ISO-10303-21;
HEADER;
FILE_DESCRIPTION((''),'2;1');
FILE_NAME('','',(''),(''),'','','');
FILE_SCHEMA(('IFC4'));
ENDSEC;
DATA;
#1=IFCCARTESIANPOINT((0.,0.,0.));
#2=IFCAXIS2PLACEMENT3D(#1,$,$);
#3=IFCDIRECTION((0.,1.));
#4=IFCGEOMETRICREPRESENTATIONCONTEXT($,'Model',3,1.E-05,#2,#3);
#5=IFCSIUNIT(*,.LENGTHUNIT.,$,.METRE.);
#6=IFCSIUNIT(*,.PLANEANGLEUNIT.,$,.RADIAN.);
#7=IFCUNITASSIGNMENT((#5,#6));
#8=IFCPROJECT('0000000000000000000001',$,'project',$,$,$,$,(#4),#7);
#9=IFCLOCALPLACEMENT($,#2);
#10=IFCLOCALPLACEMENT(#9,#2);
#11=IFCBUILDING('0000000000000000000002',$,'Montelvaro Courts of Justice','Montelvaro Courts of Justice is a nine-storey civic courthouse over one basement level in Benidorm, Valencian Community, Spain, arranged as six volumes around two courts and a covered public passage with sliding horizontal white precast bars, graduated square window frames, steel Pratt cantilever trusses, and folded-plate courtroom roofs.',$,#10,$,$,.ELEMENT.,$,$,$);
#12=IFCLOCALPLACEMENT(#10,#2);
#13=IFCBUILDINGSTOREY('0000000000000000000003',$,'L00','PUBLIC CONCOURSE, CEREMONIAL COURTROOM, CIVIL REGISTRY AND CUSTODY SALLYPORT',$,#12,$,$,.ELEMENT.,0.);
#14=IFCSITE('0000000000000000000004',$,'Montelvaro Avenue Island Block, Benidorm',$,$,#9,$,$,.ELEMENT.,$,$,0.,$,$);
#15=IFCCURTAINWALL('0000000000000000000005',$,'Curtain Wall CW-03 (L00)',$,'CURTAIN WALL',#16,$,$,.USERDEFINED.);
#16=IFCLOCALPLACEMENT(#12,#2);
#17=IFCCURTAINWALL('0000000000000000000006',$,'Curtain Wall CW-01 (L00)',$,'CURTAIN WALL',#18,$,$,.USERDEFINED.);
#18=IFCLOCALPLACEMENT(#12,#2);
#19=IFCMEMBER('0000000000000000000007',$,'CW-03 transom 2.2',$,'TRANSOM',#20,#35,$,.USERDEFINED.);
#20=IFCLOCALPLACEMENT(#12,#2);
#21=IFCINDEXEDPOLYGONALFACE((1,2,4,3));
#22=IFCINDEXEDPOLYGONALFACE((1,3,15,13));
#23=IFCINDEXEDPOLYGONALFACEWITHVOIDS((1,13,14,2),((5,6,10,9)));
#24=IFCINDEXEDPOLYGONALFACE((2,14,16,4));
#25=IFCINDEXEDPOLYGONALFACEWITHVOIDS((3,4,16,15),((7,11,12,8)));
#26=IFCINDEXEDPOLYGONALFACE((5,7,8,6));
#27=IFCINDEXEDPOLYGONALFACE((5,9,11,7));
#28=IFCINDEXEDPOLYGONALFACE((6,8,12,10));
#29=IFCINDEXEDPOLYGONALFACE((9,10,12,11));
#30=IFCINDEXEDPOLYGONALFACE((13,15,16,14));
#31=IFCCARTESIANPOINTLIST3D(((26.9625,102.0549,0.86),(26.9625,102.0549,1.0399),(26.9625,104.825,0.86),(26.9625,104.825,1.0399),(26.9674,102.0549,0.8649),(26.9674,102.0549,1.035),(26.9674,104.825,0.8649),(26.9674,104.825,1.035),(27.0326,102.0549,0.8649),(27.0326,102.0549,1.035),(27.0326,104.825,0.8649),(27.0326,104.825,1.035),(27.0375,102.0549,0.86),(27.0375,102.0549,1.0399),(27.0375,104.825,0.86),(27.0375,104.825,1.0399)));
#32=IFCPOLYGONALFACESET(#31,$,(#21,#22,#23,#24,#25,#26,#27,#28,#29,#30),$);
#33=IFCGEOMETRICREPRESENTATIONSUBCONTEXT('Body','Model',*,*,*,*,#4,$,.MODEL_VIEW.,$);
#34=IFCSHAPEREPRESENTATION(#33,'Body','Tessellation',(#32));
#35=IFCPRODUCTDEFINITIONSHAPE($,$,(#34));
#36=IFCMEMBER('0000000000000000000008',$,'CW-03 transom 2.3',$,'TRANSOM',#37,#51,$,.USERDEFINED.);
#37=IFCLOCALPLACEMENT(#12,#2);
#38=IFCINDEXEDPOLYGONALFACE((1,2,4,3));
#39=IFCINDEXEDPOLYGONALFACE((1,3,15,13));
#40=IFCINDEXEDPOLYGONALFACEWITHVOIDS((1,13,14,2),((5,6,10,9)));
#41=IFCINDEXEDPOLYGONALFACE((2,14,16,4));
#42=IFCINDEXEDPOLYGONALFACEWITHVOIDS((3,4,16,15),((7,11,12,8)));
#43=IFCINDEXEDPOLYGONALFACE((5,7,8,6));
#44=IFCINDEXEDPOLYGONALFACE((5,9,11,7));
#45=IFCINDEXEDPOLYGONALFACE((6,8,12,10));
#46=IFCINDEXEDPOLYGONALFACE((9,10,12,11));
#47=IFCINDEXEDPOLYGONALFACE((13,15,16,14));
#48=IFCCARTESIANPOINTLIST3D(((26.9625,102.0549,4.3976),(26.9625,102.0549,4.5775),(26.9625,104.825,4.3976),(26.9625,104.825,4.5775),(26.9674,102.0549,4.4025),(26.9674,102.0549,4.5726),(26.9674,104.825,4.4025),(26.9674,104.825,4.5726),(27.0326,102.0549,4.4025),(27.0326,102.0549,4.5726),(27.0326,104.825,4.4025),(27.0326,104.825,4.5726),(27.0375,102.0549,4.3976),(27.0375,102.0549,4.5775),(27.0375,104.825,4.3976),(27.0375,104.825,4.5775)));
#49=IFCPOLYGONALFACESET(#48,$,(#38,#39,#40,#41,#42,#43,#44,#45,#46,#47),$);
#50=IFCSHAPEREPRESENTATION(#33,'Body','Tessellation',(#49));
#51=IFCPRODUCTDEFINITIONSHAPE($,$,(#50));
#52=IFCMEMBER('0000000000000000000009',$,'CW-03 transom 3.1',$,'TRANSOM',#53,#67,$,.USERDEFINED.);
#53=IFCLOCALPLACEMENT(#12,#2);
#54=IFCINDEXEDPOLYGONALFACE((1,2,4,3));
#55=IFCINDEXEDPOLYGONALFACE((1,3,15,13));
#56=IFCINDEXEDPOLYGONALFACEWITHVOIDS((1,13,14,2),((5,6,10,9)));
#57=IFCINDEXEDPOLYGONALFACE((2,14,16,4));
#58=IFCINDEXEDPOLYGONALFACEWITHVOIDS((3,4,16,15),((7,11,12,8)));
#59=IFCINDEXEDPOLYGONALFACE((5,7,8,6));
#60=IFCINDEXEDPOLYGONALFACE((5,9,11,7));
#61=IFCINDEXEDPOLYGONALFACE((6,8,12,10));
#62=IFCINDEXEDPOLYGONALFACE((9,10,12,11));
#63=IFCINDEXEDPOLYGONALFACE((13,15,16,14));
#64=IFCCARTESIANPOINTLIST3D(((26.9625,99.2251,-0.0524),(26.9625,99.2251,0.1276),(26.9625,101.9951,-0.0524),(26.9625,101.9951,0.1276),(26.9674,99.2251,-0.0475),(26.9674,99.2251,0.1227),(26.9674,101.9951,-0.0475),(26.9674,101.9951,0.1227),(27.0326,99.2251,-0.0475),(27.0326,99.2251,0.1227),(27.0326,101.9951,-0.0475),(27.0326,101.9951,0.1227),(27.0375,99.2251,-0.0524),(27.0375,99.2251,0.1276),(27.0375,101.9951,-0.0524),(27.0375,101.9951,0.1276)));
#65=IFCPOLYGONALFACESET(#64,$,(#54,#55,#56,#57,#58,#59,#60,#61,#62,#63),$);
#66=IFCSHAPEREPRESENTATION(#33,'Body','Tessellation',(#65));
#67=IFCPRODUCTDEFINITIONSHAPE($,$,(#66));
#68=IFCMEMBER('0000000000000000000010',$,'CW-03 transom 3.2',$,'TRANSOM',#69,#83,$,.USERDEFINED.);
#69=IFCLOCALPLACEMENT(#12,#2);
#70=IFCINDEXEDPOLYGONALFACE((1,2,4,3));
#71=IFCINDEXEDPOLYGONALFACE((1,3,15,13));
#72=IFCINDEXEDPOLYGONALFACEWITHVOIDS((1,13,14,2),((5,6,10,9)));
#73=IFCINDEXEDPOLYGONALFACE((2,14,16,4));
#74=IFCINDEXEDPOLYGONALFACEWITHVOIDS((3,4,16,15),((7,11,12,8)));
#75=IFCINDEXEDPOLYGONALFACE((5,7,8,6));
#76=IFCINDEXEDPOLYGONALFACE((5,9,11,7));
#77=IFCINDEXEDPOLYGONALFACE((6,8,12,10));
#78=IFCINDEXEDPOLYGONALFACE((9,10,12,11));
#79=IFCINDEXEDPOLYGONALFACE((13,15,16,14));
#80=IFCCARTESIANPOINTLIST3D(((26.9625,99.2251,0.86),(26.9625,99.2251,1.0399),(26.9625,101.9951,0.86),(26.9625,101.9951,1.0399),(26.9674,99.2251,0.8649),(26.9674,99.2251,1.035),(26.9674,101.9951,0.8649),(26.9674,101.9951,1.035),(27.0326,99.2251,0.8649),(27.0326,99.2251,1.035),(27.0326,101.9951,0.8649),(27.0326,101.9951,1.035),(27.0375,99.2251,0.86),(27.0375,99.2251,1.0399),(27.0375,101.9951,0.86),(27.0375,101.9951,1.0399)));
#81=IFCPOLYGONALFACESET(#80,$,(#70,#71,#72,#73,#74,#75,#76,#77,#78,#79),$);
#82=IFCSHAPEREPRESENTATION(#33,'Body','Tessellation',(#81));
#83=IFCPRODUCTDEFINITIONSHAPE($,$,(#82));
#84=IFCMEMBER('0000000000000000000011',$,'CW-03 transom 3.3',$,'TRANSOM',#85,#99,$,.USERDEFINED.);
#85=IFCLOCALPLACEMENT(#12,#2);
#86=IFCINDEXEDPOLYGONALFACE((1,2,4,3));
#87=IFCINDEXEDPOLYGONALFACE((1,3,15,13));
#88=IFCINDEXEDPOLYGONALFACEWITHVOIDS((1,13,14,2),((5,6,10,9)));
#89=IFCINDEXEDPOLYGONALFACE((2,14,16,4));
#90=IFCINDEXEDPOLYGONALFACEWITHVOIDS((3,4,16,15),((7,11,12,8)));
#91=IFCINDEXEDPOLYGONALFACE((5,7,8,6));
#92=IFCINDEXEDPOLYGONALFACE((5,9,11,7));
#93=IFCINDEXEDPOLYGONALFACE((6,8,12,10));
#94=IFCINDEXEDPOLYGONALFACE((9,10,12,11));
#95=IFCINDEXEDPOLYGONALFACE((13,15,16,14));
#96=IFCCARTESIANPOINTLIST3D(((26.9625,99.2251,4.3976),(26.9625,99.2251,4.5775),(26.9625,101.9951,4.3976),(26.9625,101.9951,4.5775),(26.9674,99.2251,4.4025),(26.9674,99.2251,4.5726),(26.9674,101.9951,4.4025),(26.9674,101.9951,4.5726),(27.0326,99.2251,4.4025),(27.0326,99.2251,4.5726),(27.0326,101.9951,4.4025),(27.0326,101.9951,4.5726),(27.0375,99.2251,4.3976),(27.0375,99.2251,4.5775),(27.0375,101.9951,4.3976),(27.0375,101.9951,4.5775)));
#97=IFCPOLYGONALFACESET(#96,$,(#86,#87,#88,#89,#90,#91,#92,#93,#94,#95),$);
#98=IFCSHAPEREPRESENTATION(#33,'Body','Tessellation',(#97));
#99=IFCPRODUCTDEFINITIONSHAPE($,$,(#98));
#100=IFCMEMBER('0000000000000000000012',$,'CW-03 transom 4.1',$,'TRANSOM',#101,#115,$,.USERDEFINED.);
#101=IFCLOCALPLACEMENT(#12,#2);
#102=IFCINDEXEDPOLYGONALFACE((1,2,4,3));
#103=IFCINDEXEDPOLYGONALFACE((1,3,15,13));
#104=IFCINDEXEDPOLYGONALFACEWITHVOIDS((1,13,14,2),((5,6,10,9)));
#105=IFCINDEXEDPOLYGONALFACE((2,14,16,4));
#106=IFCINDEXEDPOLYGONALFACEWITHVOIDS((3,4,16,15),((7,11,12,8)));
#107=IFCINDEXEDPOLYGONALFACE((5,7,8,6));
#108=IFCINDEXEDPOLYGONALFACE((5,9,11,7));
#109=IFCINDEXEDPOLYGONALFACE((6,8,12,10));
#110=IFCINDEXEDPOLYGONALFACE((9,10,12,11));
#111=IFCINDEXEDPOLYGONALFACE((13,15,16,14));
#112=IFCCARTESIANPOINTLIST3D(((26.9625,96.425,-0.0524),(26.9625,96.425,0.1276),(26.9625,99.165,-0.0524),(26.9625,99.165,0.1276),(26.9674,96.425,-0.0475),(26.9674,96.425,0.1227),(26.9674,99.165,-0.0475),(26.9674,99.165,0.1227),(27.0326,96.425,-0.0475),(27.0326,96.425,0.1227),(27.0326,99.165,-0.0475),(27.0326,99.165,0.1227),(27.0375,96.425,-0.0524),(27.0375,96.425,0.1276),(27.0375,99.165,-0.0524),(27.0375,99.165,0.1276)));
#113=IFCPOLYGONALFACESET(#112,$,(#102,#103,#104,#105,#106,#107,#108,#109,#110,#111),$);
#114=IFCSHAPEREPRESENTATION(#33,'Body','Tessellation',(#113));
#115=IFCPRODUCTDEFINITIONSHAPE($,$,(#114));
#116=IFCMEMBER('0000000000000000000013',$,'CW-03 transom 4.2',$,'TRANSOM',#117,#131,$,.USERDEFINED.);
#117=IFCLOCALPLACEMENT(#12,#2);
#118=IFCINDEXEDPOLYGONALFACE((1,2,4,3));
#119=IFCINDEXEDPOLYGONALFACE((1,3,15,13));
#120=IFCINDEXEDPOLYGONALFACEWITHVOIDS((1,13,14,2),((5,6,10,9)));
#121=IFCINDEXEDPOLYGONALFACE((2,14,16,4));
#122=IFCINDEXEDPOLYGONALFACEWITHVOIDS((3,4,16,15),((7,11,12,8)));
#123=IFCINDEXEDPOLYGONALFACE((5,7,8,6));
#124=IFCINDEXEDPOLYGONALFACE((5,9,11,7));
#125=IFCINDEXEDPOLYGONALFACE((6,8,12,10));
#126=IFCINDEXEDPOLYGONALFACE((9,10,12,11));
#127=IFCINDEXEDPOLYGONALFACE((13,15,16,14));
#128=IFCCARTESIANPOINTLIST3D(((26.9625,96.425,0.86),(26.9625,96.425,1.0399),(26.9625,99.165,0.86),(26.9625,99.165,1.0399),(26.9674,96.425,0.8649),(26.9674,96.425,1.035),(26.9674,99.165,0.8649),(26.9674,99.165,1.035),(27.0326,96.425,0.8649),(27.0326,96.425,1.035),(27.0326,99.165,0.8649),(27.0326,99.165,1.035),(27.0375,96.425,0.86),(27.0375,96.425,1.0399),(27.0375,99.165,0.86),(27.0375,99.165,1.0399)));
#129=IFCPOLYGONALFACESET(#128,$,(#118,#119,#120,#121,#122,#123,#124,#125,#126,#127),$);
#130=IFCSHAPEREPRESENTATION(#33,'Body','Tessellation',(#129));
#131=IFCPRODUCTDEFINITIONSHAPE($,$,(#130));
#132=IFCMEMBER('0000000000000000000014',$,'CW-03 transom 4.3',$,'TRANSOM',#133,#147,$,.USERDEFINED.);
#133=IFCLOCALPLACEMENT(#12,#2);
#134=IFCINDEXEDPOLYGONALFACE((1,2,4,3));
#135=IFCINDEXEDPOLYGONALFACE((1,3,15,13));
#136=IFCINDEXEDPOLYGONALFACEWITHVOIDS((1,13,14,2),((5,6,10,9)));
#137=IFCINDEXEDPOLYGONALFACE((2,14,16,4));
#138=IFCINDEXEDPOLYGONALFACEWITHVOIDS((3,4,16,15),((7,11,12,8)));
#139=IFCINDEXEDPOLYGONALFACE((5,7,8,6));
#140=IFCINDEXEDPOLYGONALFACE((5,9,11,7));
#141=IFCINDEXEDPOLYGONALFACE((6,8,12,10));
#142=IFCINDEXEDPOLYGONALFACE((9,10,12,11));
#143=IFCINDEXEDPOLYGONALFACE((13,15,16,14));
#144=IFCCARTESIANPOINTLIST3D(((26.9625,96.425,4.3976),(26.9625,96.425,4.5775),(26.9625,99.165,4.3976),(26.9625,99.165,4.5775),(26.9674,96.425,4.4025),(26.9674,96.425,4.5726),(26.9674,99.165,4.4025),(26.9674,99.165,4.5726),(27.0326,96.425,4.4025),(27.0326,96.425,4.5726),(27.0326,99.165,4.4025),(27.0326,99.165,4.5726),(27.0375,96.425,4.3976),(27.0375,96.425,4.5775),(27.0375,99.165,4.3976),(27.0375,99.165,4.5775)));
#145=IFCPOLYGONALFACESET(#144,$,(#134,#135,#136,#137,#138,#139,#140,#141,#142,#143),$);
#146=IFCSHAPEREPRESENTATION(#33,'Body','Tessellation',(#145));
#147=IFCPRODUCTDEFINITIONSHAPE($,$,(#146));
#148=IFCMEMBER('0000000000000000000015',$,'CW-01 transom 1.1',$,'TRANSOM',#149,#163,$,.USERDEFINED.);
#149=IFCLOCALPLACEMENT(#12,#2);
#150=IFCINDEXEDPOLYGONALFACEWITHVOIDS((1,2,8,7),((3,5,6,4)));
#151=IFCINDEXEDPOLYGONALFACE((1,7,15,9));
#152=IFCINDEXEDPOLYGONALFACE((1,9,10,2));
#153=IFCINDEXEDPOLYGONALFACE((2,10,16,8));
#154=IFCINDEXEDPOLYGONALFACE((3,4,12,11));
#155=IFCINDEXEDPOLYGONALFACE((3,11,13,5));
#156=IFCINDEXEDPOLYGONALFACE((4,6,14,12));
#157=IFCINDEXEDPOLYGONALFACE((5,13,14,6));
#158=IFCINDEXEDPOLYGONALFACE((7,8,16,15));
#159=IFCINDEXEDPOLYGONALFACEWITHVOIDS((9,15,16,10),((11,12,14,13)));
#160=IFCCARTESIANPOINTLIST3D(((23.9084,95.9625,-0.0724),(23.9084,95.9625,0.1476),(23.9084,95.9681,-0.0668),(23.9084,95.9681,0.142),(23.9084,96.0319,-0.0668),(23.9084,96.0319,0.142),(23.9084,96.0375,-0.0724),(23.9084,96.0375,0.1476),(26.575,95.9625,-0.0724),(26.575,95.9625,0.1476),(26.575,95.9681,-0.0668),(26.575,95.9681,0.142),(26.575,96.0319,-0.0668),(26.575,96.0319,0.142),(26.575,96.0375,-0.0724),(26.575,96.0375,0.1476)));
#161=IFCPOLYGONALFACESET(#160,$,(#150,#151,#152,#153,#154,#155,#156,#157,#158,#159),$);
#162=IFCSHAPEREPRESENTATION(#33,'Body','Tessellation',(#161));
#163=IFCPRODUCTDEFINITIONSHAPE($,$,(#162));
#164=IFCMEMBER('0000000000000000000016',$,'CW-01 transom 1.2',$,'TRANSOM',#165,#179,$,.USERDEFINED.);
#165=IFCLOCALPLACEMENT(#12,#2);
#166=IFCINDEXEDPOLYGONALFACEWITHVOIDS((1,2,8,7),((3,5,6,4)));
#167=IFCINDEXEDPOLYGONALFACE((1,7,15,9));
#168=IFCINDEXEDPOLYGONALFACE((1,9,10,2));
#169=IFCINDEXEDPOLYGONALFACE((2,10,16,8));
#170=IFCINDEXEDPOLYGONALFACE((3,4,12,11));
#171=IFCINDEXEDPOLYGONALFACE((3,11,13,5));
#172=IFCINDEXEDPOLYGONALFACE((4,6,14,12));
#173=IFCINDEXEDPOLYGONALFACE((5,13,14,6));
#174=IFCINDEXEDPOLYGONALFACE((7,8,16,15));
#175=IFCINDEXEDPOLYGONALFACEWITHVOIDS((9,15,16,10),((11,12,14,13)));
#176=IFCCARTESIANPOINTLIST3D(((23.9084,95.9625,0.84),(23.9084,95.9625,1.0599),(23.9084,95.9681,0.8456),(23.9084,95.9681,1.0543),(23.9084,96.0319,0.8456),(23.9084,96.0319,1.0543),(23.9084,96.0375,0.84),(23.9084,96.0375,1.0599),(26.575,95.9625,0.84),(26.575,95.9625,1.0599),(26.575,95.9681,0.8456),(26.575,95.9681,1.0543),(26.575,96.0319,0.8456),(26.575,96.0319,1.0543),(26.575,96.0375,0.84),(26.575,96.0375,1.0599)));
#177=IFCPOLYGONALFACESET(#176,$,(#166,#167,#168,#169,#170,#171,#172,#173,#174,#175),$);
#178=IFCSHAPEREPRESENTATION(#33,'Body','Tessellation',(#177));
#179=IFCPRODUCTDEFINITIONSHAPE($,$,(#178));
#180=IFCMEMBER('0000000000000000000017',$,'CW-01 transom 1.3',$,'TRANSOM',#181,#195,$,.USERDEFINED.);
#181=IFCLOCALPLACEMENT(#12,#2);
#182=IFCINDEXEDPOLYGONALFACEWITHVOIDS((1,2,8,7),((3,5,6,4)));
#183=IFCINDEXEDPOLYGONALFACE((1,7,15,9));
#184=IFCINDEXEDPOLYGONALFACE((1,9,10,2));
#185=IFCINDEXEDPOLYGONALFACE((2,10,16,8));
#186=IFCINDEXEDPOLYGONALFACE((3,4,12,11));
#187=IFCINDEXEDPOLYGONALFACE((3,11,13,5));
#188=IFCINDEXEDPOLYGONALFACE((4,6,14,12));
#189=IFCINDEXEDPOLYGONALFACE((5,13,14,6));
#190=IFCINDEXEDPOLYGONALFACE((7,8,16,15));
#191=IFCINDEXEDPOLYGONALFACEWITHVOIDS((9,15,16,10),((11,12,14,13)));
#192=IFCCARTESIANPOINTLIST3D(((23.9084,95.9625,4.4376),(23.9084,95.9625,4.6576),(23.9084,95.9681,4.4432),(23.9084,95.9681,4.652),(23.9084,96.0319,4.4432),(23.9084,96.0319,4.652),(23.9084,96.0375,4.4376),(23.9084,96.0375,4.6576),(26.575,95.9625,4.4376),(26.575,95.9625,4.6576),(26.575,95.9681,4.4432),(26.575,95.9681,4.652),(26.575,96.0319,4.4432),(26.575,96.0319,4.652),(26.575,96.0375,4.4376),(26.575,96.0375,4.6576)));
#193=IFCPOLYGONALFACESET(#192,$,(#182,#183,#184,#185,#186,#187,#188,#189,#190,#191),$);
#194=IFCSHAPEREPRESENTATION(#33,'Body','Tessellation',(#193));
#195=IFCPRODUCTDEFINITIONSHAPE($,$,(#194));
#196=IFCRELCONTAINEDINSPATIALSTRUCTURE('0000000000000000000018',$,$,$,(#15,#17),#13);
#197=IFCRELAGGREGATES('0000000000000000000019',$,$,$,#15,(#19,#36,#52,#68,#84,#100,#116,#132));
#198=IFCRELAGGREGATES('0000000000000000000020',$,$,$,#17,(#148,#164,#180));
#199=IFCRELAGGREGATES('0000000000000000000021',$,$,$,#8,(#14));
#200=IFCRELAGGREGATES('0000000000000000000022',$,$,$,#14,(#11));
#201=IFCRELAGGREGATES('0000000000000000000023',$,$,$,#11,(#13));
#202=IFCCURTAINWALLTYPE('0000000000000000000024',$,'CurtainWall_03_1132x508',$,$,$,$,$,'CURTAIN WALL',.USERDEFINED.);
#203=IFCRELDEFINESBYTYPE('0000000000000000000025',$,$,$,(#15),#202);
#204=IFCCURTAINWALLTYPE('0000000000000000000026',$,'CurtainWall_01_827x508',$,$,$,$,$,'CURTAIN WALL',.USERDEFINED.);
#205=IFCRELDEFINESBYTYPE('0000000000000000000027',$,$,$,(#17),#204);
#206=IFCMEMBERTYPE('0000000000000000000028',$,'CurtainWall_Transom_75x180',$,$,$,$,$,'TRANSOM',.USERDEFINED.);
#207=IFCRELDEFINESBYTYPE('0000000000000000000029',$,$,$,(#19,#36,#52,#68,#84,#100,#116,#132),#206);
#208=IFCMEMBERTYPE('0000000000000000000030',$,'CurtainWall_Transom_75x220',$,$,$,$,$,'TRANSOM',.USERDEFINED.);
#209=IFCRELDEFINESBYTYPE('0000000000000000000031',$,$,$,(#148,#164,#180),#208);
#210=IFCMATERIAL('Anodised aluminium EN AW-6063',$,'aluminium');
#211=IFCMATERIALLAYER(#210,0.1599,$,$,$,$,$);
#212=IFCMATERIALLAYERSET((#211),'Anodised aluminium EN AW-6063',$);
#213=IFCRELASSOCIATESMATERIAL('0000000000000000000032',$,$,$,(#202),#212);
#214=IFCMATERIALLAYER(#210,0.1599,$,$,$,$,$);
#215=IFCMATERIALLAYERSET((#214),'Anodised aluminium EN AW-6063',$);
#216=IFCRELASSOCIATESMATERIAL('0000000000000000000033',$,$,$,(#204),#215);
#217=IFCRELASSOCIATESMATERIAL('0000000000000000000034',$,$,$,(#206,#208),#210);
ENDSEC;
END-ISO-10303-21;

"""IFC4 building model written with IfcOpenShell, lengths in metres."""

from ifc_helpers import new_model, si_unit, direction, frame, origin, origin_2d, place, context, subcontext, project, spatial, hollow_rectangle, extrude, material, layer, layer_set, material_profile, profile_set, type_object, element, aggregate, save


model = new_model("IFC4")

# Units and contexts
model_context = context("Model", 3, precision=1e-05, world=origin(), true_north=direction((0.0, 1.0)))
body_context = subcontext(model_context, "Body", "Model", "MODEL_VIEW")
ifc_project = project(units=[si_unit("LENGTHUNIT", "METRE"), si_unit("PLANEANGLEUNIT", "RADIAN")], contexts=[model_context])

# Site, building, storey
site_placement = place(None, origin())
site = spatial("IfcSite", under=ifc_project, at=site_placement, Name="Montelvaro Avenue Island Block, Benidorm", CompositionType="ELEMENT", RefElevation=0.0)
building_placement = place(site_placement, origin())
building = spatial("IfcBuilding", under=site, at=building_placement, Name="Montelvaro Courts of Justice", Description="Montelvaro Courts of Justice is a nine-storey civic courthouse over one basement level in Benidorm, Valencian Community, Spain, arranged as six volumes around two courts and a covered public passage with sliding horizontal white precast bars, graduated square window frames, steel Pratt cantilever trusses, and folded-plate courtroom roofs.", CompositionType="ELEMENT")
storey_placement = place(building_placement, origin())
storey = spatial("IfcBuildingStorey", under=building, at=storey_placement, Name="L00", Description="PUBLIC CONCOURSE, CEREMONIAL COURTROOM, CIVIL REGISTRY AND CUSTODY SALLYPORT", CompositionType="ELEMENT", Elevation=0.0)

# Curtain wall
ifc_material_1 = material(Name="Anodised aluminium EN AW-6063", Category="aluminium")
ifc_layer_1 = layer(ifc_material_1, 0.1599)
ifc_layer_set_1 = layer_set([ifc_layer_1], Name="Anodised aluminium EN AW-6063")
curtain_wall_type_1 = type_object("IfcCurtainWallType", Name="CurtainWall_03_1132x508", ElementType="CURTAIN WALL", PredefinedType="USERDEFINED", material=ifc_layer_set_1)
curtain_wall_1_placement = place(storey_placement, origin())
curtain_wall_1 = element("IfcCurtainWall", 1, at=curtain_wall_1_placement, inside=storey, type_object=curtain_wall_type_1, Name="Curtain Wall CW-03 (L00)", ObjectType="CURTAIN WALL", PredefinedType="USERDEFINED")

# Curtain wall
ifc_layer_2 = layer(ifc_material_1, 0.1599)
ifc_layer_set_2 = layer_set([ifc_layer_2], Name="Anodised aluminium EN AW-6063")
curtain_wall_type_2 = type_object("IfcCurtainWallType", Name="CurtainWall_01_827x508", ElementType="CURTAIN WALL", PredefinedType="USERDEFINED", material=ifc_layer_set_2)
curtain_wall_2_placement = place(storey_placement, origin())
curtain_wall_2 = element("IfcCurtainWall", 2, at=curtain_wall_2_placement, inside=storey, type_object=curtain_wall_type_2, Name="Curtain Wall CW-01 (L00)", ObjectType="CURTAIN WALL", PredefinedType="USERDEFINED")

# Members
ifc_material_profile_1 = material_profile(ifc_material_1, hollow_rectangle(XDim=0.075, YDim=0.1799, WallThickness=0.0049, at=origin_2d()), Name="ALU-T 75x180")
ifc_profile_set_1 = profile_set([ifc_material_profile_1], Name="Anodised aluminium EN AW-6063")
member_type_1 = type_object("IfcMemberType", Name="CurtainWall_Transom_75x180", ElementType="TRANSOM", PredefinedType="USERDEFINED", material=ifc_profile_set_1)
member_1_placement = place(storey_placement, frame((27.0, 104.825, 0.95), z_axis=(0.0, -1.0, 0.0), x_axis=(1.0, 0.0, 0.0)))
member_1 = element("IfcMember", 3, at=member_1_placement, type_object=member_type_1, Name="CW-03 transom 2.2", ObjectType="TRANSOM", PredefinedType="USERDEFINED", context=body_context, shape_type="SweptSolid", body=[
    extrude(hollow_rectangle(XDim=0.075, YDim=0.1799, WallThickness=0.0049, at=origin_2d()), origin(), (0.0, 0.0, 1.0), 2.77),
])
member_2_placement = place(storey_placement, frame((27.0, 104.825, 4.4875), z_axis=(0.0, -1.0, 0.0), x_axis=(1.0, 0.0, 0.0)))
member_2 = element("IfcMember", 4, at=member_2_placement, type_object=member_type_1, Name="CW-03 transom 2.3", ObjectType="TRANSOM", PredefinedType="USERDEFINED", context=body_context, shape_type="SweptSolid", body=[
    extrude(hollow_rectangle(XDim=0.075, YDim=0.1799, WallThickness=0.0049, at=origin_2d()), origin(), (0.0, 0.0, 1.0), 2.77),
])
member_3_placement = place(storey_placement, frame((27.0, 101.9951, 0.0376), z_axis=(0.0, -1.0, 0.0), x_axis=(1.0, 0.0, 0.0)))
member_3 = element("IfcMember", 5, at=member_3_placement, type_object=member_type_1, Name="CW-03 transom 3.1", ObjectType="TRANSOM", PredefinedType="USERDEFINED", context=body_context, shape_type="SweptSolid", body=[
    extrude(hollow_rectangle(XDim=0.075, YDim=0.1799, WallThickness=0.0049, at=origin_2d()), origin(), (0.0, 0.0, 1.0), 2.77),
])
member_4_placement = place(storey_placement, frame((27.0, 101.9951, 0.95), z_axis=(0.0, -1.0, 0.0), x_axis=(1.0, 0.0, 0.0)))
member_4 = element("IfcMember", 6, at=member_4_placement, type_object=member_type_1, Name="CW-03 transom 3.2", ObjectType="TRANSOM", PredefinedType="USERDEFINED", context=body_context, shape_type="SweptSolid", body=[
    extrude(hollow_rectangle(XDim=0.075, YDim=0.1799, WallThickness=0.0049, at=origin_2d()), origin(), (0.0, 0.0, 1.0), 2.77),
])
member_5_placement = place(storey_placement, frame((27.0, 101.9951, 4.4875), z_axis=(0.0, -1.0, 0.0), x_axis=(1.0, 0.0, 0.0)))
member_5 = element("IfcMember", 7, at=member_5_placement, type_object=member_type_1, Name="CW-03 transom 3.3", ObjectType="TRANSOM", PredefinedType="USERDEFINED", context=body_context, shape_type="SweptSolid", body=[
    extrude(hollow_rectangle(XDim=0.075, YDim=0.1799, WallThickness=0.0049, at=origin_2d()), origin(), (0.0, 0.0, 1.0), 2.77),
])
member_6_placement = place(storey_placement, frame((27.0, 99.165, 0.0376), z_axis=(0.0, -1.0, 0.0), x_axis=(1.0, 0.0, 0.0)))
member_6 = element("IfcMember", 8, at=member_6_placement, type_object=member_type_1, Name="CW-03 transom 4.1", ObjectType="TRANSOM", PredefinedType="USERDEFINED", context=body_context, shape_type="SweptSolid", body=[
    extrude(hollow_rectangle(XDim=0.075, YDim=0.1799, WallThickness=0.0049, at=origin_2d()), origin(), (0.0, 0.0, 1.0), 2.74),
])
member_7_placement = place(storey_placement, frame((27.0, 99.165, 0.95), z_axis=(0.0, -1.0, 0.0), x_axis=(1.0, 0.0, 0.0)))
member_7 = element("IfcMember", 9, at=member_7_placement, type_object=member_type_1, Name="CW-03 transom 4.2", ObjectType="TRANSOM", PredefinedType="USERDEFINED", context=body_context, shape_type="SweptSolid", body=[
    extrude(hollow_rectangle(XDim=0.075, YDim=0.1799, WallThickness=0.0049, at=origin_2d()), origin(), (0.0, 0.0, 1.0), 2.74),
])
member_8_placement = place(storey_placement, frame((27.0, 99.165, 4.4875), z_axis=(0.0, -1.0, 0.0), x_axis=(1.0, 0.0, 0.0)))
member_8 = element("IfcMember", 10, at=member_8_placement, type_object=member_type_1, Name="CW-03 transom 4.3", ObjectType="TRANSOM", PredefinedType="USERDEFINED", context=body_context, shape_type="SweptSolid", body=[
    extrude(hollow_rectangle(XDim=0.075, YDim=0.1799, WallThickness=0.0049, at=origin_2d()), origin(), (0.0, 0.0, 1.0), 2.74),
])
ifc_material_profile_2 = material_profile(ifc_material_1, hollow_rectangle(XDim=0.075, YDim=0.22, WallThickness=0.0056, at=origin_2d()), Name="ALU-T 75x220")
ifc_profile_set_2 = profile_set([ifc_material_profile_2], Name="Anodised aluminium EN AW-6063")
member_type_2 = type_object("IfcMemberType", Name="CurtainWall_Transom_75x220", ElementType="TRANSOM", PredefinedType="USERDEFINED", material=ifc_profile_set_2)
member_9_placement = place(storey_placement, frame((26.575, 96.0, 0.0376), z_axis=(-1.0, 0.0, 0.0), x_axis=(0.0, -1.0, 0.0)))
member_9 = element("IfcMember", 11, at=member_9_placement, type_object=member_type_2, Name="CW-01 transom 1.1", ObjectType="TRANSOM", PredefinedType="USERDEFINED", context=body_context, shape_type="SweptSolid", body=[
    extrude(hollow_rectangle(XDim=0.075, YDim=0.22, WallThickness=0.0056, at=origin_2d()), origin(), (0.0, 0.0, 1.0), 2.6665),
])
member_10_placement = place(storey_placement, frame((26.575, 96.0, 0.95), z_axis=(-1.0, 0.0, 0.0), x_axis=(0.0, -1.0, 0.0)))
member_10 = element("IfcMember", 12, at=member_10_placement, type_object=member_type_2, Name="CW-01 transom 1.2", ObjectType="TRANSOM", PredefinedType="USERDEFINED", context=body_context, shape_type="SweptSolid", body=[
    extrude(hollow_rectangle(XDim=0.075, YDim=0.22, WallThickness=0.0056, at=origin_2d()), origin(), (0.0, 0.0, 1.0), 2.6665),
])
member_11_placement = place(storey_placement, frame((26.575, 96.0, 4.5476), z_axis=(-1.0, 0.0, 0.0), x_axis=(0.0, -1.0, 0.0)))
member_11 = element("IfcMember", 13, at=member_11_placement, type_object=member_type_2, Name="CW-01 transom 1.3", ObjectType="TRANSOM", PredefinedType="USERDEFINED", context=body_context, shape_type="SweptSolid", body=[
    extrude(hollow_rectangle(XDim=0.075, YDim=0.22, WallThickness=0.0056, at=origin_2d()), origin(), (0.0, 0.0, 1.0), 2.6665),
])

aggregate(curtain_wall_1, [member_1, member_2, member_3, member_4, member_5, member_6, member_7, member_8])
aggregate(curtain_wall_2, [member_9, member_10, member_11])

save(model, "model.ifc")
